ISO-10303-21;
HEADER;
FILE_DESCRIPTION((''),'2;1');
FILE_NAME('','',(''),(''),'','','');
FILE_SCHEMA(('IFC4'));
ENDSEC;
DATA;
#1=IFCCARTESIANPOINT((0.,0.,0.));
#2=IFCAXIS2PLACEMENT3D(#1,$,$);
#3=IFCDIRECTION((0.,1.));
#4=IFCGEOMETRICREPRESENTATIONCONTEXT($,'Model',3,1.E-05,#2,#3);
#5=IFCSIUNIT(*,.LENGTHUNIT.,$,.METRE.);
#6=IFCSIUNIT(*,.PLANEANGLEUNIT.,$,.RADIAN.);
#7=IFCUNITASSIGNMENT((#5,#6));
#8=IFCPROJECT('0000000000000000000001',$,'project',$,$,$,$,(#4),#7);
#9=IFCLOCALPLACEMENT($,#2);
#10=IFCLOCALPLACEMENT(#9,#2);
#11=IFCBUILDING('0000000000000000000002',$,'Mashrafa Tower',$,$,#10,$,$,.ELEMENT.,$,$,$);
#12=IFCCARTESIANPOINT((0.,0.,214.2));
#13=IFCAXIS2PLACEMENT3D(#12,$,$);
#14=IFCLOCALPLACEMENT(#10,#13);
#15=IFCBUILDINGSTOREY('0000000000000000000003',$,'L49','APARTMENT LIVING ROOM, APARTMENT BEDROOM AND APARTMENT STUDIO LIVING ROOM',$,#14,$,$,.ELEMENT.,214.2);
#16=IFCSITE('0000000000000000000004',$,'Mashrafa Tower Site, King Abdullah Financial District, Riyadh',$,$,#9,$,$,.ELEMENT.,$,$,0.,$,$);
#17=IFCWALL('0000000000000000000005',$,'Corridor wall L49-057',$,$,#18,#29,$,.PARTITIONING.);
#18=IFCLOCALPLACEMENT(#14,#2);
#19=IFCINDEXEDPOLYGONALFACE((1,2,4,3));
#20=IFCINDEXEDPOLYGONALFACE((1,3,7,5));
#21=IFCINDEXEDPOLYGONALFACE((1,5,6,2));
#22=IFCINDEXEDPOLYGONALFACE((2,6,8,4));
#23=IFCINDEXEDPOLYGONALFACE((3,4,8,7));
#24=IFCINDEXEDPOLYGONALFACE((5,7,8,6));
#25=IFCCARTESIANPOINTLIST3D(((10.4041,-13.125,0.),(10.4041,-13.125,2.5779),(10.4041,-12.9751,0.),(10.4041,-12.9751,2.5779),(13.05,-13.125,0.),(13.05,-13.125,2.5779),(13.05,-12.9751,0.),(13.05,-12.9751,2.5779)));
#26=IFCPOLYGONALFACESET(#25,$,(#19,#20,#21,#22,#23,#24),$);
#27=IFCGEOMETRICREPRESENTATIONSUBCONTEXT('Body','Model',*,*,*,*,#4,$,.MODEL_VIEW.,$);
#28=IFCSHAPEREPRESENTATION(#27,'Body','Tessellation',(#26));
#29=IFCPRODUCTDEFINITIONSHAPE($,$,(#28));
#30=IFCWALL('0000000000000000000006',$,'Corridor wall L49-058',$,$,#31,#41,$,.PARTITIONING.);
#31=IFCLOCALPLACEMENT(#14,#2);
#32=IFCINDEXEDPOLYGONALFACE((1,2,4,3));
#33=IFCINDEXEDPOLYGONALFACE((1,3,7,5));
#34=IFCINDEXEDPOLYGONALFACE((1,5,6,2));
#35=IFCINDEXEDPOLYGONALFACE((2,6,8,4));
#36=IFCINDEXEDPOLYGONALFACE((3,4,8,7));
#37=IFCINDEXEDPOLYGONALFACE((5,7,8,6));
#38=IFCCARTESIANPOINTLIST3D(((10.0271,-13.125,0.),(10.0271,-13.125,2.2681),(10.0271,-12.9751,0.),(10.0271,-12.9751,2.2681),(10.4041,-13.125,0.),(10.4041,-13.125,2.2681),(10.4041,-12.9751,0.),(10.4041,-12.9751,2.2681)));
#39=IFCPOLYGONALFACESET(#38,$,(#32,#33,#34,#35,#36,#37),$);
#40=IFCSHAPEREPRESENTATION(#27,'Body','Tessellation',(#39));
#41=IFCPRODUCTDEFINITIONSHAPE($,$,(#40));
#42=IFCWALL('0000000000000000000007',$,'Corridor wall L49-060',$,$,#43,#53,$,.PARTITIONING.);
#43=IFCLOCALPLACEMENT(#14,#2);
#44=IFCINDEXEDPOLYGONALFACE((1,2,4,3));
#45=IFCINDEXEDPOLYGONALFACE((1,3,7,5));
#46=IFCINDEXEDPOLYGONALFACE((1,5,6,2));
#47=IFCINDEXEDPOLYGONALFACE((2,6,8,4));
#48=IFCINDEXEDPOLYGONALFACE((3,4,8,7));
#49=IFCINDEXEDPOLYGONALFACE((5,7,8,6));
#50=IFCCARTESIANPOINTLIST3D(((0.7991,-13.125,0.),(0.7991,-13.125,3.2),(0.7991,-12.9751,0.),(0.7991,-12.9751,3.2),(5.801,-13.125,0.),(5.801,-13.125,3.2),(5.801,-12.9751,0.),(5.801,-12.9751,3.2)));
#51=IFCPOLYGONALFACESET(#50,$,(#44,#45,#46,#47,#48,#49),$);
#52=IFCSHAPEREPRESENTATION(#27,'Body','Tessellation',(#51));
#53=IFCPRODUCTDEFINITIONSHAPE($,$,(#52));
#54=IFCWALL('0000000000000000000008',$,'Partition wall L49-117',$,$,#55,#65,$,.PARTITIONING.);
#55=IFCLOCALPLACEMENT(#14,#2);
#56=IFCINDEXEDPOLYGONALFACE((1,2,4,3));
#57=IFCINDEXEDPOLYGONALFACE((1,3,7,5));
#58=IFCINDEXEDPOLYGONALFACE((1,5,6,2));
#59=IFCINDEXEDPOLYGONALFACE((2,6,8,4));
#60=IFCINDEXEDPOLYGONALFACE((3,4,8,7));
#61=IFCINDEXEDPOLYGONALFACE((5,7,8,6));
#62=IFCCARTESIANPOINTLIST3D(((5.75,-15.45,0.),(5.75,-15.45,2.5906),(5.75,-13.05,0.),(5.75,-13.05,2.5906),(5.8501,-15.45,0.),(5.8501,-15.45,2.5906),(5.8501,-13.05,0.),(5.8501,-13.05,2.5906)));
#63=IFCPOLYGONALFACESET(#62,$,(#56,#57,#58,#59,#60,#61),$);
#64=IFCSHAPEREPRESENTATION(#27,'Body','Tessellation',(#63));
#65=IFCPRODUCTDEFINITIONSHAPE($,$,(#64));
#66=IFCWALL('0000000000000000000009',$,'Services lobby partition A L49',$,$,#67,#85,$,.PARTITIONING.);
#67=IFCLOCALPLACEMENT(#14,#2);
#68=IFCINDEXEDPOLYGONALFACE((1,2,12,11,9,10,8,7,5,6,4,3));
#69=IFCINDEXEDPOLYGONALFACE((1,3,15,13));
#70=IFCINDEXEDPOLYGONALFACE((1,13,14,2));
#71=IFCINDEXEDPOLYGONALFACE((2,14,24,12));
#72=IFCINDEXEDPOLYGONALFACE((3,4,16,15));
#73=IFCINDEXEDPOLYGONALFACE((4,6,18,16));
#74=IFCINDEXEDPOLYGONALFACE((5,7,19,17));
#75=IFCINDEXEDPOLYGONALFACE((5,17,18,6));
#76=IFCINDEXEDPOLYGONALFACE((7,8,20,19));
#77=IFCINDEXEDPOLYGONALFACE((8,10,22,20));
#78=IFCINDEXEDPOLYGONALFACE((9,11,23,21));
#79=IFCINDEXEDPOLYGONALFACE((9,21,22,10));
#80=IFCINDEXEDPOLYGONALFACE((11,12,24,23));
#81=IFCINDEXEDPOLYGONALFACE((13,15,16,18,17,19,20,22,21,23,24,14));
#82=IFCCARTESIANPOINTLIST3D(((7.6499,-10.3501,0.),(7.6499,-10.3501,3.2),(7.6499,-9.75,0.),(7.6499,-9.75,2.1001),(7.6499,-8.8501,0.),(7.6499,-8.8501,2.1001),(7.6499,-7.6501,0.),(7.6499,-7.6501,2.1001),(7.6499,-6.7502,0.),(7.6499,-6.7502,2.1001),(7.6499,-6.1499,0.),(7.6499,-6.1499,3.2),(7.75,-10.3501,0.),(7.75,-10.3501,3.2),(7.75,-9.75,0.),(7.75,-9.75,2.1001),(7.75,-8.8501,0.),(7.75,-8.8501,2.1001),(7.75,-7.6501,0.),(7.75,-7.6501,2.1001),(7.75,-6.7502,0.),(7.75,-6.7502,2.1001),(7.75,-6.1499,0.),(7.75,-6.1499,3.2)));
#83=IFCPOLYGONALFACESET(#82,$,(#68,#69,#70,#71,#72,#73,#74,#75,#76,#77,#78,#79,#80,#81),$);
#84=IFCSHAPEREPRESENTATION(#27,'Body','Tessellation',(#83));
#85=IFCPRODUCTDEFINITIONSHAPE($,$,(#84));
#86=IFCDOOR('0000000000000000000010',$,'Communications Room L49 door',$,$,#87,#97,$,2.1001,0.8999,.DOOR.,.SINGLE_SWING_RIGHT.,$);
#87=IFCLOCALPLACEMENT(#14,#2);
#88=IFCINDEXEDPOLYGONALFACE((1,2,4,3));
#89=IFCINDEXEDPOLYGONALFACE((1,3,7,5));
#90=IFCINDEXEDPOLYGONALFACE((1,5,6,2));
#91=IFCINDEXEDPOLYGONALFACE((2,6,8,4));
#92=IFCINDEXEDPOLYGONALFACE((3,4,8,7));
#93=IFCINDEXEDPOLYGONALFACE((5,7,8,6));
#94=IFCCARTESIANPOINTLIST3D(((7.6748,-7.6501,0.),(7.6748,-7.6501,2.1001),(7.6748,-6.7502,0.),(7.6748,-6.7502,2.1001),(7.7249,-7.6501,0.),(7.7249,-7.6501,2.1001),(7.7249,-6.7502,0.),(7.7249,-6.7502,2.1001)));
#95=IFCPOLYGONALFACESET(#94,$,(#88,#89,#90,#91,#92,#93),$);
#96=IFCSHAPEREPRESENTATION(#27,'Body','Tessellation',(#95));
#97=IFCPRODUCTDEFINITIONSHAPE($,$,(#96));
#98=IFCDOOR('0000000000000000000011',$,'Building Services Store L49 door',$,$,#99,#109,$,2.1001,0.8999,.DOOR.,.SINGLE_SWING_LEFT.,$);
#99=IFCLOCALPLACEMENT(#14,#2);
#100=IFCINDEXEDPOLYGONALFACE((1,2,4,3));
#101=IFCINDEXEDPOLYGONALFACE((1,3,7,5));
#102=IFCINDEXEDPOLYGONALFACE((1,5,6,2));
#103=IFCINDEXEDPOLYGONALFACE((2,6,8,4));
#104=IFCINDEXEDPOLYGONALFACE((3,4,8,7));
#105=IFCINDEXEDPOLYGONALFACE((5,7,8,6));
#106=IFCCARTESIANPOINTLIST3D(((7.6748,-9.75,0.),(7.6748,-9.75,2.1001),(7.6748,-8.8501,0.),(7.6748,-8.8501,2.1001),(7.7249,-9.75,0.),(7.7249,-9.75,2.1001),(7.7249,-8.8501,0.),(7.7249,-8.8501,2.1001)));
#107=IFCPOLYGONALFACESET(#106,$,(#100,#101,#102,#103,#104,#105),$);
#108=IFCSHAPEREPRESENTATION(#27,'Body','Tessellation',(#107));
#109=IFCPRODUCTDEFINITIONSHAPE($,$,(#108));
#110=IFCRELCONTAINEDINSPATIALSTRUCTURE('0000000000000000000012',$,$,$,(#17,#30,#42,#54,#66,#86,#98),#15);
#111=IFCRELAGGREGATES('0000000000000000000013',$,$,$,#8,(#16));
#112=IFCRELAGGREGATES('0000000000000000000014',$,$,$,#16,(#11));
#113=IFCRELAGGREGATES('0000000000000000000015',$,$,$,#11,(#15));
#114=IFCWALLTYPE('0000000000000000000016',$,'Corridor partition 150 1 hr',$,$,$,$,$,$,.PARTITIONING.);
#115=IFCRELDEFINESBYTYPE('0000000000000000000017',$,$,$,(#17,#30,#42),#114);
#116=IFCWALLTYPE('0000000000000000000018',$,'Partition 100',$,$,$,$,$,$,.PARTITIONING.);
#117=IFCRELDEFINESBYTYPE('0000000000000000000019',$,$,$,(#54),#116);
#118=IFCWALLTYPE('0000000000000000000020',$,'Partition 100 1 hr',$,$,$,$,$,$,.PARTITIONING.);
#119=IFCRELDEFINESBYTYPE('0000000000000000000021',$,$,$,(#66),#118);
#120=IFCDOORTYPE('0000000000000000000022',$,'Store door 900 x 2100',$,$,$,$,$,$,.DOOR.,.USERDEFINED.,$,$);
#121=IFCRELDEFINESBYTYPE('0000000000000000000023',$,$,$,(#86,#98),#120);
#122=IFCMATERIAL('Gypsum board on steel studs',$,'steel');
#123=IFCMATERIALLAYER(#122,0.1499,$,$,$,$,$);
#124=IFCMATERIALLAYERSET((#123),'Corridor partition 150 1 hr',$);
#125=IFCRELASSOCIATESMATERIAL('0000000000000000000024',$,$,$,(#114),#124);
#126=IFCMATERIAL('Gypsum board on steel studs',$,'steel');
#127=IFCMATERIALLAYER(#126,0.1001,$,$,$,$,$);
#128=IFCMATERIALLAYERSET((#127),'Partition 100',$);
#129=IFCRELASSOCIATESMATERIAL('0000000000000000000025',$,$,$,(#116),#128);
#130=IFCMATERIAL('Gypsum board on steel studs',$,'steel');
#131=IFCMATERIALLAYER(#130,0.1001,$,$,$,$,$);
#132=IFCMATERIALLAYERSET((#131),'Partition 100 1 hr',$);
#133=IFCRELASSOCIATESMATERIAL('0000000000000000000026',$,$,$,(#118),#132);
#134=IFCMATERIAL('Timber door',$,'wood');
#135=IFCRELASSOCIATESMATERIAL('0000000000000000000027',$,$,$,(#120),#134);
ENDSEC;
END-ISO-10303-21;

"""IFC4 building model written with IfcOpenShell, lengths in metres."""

from ifc_helpers import new_model, si_unit, direction, frame, frame_2d, origin, place, context, subcontext, project, spatial, rectangle, extrude, material, layer, layer_set, type_object, element, fill, save


model = new_model("IFC4")

# Units and contexts
model_context = context("Model", 3, precision=1e-05, world=origin(), true_north=direction((0.0, 1.0)))
body_context = subcontext(model_context, "Body", "Model", "MODEL_VIEW")
ifc_project = project(units=[si_unit("LENGTHUNIT", "METRE"), si_unit("PLANEANGLEUNIT", "RADIAN")], contexts=[model_context])

# Site, building, storey
site_placement = place(None, origin())
site = spatial("IfcSite", under=ifc_project, at=site_placement, Name="Mashrafa Tower Site, King Abdullah Financial District, Riyadh", CompositionType="ELEMENT", RefElevation=0.0)
building_placement = place(site_placement, origin())
building = spatial("IfcBuilding", under=site, at=building_placement, Name="Mashrafa Tower", CompositionType="ELEMENT")
storey_placement = place(building_placement, frame((0.0, 0.0, 214.2)))
storey = spatial("IfcBuildingStorey", under=building, at=storey_placement, Name="L49", Description="APARTMENT LIVING ROOM, APARTMENT BEDROOM AND APARTMENT STUDIO LIVING ROOM", CompositionType="ELEMENT", Elevation=214.2)

# Walls
ifc_material_1 = material(Name="Gypsum board on steel studs", Category="steel")
ifc_layer_1 = layer(ifc_material_1, 0.1499)
ifc_layer_set_1 = layer_set([ifc_layer_1], Name="Corridor partition 150 1 hr")
wall_type_1 = type_object("IfcWallType", Name="Corridor partition 150 1 hr", PredefinedType="PARTITIONING", material=ifc_layer_set_1)
wall_1_placement = place(storey_placement, frame((10.4041, -13.05, 0.0), z_axis=(0.0, 0.0, 1.0), x_axis=(1.0, 0.0, 0.0)))
element("IfcWall", 1, at=wall_1_placement, inside=storey, type_object=wall_type_1, Name="Corridor wall L49-057", PredefinedType="PARTITIONING", context=body_context, shape_type="SweptSolid", body=[
    extrude(rectangle(XDim=2.646, YDim=0.1499, at=frame_2d((1.323, 0.0))), origin(), (0.0, 0.0, 1.0), 2.5779),
])
wall_2_placement = place(storey_placement, frame((10.0271, -13.05, 0.0), z_axis=(0.0, 0.0, 1.0), x_axis=(1.0, 0.0, 0.0)))
element("IfcWall", 2, at=wall_2_placement, inside=storey, type_object=wall_type_1, Name="Corridor wall L49-058", PredefinedType="PARTITIONING", context=body_context, shape_type="SweptSolid", body=[
    extrude(rectangle(XDim=0.377, YDim=0.1499, at=frame_2d((0.1885, 0.0))), origin(), (0.0, 0.0, 1.0), 2.2681),
])
wall_3_placement = place(storey_placement, frame((0.7991, -13.05, 0.0), z_axis=(0.0, 0.0, 1.0), x_axis=(1.0, 0.0, 0.0)))
element("IfcWall", 3, at=wall_3_placement, inside=storey, type_object=wall_type_1, Name="Corridor wall L49-060", PredefinedType="PARTITIONING", context=body_context, shape_type="SweptSolid", body=[
    extrude(rectangle(XDim=5.002, YDim=0.1499, at=frame_2d((2.501, 0.0))), origin(), (0.0, 0.0, 1.0), 3.2),
])
ifc_material_2 = material(Name="Gypsum board on steel studs", Category="steel")
ifc_layer_2 = layer(ifc_material_2, 0.1001)
ifc_layer_set_2 = layer_set([ifc_layer_2], Name="Partition 100")
wall_type_2 = type_object("IfcWallType", Name="Partition 100", PredefinedType="PARTITIONING", material=ifc_layer_set_2)
wall_4_placement = place(storey_placement, frame((5.8, -13.05, 0.0), z_axis=(0.0, 0.0, 1.0), x_axis=(0.0, -1.0, 0.0)))
element("IfcWall", 4, at=wall_4_placement, inside=storey, type_object=wall_type_2, Name="Partition wall L49-117", PredefinedType="PARTITIONING", context=body_context, shape_type="SweptSolid", body=[
    extrude(rectangle(XDim=2.3999, YDim=0.1001, at=frame_2d((1.2, 0.0))), origin(), (0.0, 0.0, 1.0), 2.5906),
])

# Wall, openings, doors
ifc_material_3 = material(Name="Gypsum board on steel studs", Category="steel")
ifc_layer_3 = layer(ifc_material_3, 0.1001)
ifc_layer_set_3 = layer_set([ifc_layer_3], Name="Partition 100 1 hr")
wall_type_3 = type_object("IfcWallType", Name="Partition 100 1 hr", PredefinedType="PARTITIONING", material=ifc_layer_set_3)
wall_5_placement = place(storey_placement, frame((7.7, -10.3501, 0.0), z_axis=(0.0, 0.0, 1.0), x_axis=(0.0, 1.0, 0.0)))
wall_5 = element("IfcWall", 5, at=wall_5_placement, inside=storey, type_object=wall_type_3, Name="Services lobby partition A L49", PredefinedType="PARTITIONING", context=body_context, shape_type="SweptSolid", body=[
    extrude(rectangle(XDim=4.2002, YDim=0.1001, at=frame_2d((2.1001, 0.0))), origin(), (0.0, 0.0, 1.0), 3.2),
])
opening_1_placement = place(wall_5_placement, frame((2.7, 0.0, 0.0)))
opening_1 = element("IfcOpeningElement", 6, at=opening_1_placement, cuts=wall_5, PredefinedType="OPENING", context=body_context, shape_type="SweptSolid", body=[
    extrude(rectangle(XDim=0.8999, YDim=2.1001, at=frame_2d((0.45, 1.05))), frame((0.0, 0.0601, 0.0), z_axis=(0.0, -1.0, 0.0), x_axis=(1.0, 0.0, 0.0)), (0.0, 0.0, 1.0), 0.1201),
])
opening_2_placement = place(wall_5_placement, frame((0.6001, 0.0, 0.0)))
opening_2 = element("IfcOpeningElement", 7, at=opening_2_placement, cuts=wall_5, PredefinedType="OPENING", context=body_context, shape_type="SweptSolid", body=[
    extrude(rectangle(XDim=0.8999, YDim=2.1001, at=frame_2d((0.45, 1.05))), frame((0.0, 0.0601, 0.0), z_axis=(0.0, -1.0, 0.0), x_axis=(1.0, 0.0, 0.0)), (0.0, 0.0, 1.0), 0.1201),
])
ifc_material_4 = material(Name="Timber door", Category="wood")
door_type_1 = type_object("IfcDoorType", Name="Store door 900 x 2100", OperationType="USERDEFINED", PredefinedType="DOOR", material=ifc_material_4)
door_1_placement = place(opening_1_placement, frame((0.8999, 0.0, 0.0), z_axis=(0.0, 0.0, 1.0), x_axis=(-1.0, 0.0, 0.0)))
door_1 = element("IfcDoor", 8, at=door_1_placement, inside=storey, type_object=door_type_1, Name="Communications Room L49 door", OperationType="SINGLE_SWING_RIGHT", OverallHeight=2.1001, OverallWidth=0.8999, PredefinedType="DOOR", context=body_context, shape_type="SweptSolid", body=[
    extrude(rectangle(XDim=0.8999, YDim=2.1001, at=frame_2d((0.45, 1.05))), frame((0.0, 0.0249, 0.0), z_axis=(0.0, -1.0, 0.0), x_axis=(1.0, 0.0, 0.0)), (0.0, 0.0, 1.0), 0.05),
])
fill(opening_1, door_1)
door_2_placement = place(opening_2_placement, frame((0.8999, 0.0, 0.0), z_axis=(0.0, 0.0, 1.0), x_axis=(-1.0, 0.0, 0.0)))
door_2 = element("IfcDoor", 9, at=door_2_placement, inside=storey, type_object=door_type_1, Name="Building Services Store L49 door", OperationType="SINGLE_SWING_LEFT", OverallHeight=2.1001, OverallWidth=0.8999, PredefinedType="DOOR", context=body_context, shape_type="SweptSolid", body=[
    extrude(rectangle(XDim=0.8999, YDim=2.1001, at=frame_2d((0.45, 1.05))), frame((0.0, 0.0249, 0.0), z_axis=(0.0, -1.0, 0.0), x_axis=(1.0, 0.0, 0.0)), (0.0, 0.0, 1.0), 0.05),
])
fill(opening_2, door_2)

save(model, "model.ifc")
